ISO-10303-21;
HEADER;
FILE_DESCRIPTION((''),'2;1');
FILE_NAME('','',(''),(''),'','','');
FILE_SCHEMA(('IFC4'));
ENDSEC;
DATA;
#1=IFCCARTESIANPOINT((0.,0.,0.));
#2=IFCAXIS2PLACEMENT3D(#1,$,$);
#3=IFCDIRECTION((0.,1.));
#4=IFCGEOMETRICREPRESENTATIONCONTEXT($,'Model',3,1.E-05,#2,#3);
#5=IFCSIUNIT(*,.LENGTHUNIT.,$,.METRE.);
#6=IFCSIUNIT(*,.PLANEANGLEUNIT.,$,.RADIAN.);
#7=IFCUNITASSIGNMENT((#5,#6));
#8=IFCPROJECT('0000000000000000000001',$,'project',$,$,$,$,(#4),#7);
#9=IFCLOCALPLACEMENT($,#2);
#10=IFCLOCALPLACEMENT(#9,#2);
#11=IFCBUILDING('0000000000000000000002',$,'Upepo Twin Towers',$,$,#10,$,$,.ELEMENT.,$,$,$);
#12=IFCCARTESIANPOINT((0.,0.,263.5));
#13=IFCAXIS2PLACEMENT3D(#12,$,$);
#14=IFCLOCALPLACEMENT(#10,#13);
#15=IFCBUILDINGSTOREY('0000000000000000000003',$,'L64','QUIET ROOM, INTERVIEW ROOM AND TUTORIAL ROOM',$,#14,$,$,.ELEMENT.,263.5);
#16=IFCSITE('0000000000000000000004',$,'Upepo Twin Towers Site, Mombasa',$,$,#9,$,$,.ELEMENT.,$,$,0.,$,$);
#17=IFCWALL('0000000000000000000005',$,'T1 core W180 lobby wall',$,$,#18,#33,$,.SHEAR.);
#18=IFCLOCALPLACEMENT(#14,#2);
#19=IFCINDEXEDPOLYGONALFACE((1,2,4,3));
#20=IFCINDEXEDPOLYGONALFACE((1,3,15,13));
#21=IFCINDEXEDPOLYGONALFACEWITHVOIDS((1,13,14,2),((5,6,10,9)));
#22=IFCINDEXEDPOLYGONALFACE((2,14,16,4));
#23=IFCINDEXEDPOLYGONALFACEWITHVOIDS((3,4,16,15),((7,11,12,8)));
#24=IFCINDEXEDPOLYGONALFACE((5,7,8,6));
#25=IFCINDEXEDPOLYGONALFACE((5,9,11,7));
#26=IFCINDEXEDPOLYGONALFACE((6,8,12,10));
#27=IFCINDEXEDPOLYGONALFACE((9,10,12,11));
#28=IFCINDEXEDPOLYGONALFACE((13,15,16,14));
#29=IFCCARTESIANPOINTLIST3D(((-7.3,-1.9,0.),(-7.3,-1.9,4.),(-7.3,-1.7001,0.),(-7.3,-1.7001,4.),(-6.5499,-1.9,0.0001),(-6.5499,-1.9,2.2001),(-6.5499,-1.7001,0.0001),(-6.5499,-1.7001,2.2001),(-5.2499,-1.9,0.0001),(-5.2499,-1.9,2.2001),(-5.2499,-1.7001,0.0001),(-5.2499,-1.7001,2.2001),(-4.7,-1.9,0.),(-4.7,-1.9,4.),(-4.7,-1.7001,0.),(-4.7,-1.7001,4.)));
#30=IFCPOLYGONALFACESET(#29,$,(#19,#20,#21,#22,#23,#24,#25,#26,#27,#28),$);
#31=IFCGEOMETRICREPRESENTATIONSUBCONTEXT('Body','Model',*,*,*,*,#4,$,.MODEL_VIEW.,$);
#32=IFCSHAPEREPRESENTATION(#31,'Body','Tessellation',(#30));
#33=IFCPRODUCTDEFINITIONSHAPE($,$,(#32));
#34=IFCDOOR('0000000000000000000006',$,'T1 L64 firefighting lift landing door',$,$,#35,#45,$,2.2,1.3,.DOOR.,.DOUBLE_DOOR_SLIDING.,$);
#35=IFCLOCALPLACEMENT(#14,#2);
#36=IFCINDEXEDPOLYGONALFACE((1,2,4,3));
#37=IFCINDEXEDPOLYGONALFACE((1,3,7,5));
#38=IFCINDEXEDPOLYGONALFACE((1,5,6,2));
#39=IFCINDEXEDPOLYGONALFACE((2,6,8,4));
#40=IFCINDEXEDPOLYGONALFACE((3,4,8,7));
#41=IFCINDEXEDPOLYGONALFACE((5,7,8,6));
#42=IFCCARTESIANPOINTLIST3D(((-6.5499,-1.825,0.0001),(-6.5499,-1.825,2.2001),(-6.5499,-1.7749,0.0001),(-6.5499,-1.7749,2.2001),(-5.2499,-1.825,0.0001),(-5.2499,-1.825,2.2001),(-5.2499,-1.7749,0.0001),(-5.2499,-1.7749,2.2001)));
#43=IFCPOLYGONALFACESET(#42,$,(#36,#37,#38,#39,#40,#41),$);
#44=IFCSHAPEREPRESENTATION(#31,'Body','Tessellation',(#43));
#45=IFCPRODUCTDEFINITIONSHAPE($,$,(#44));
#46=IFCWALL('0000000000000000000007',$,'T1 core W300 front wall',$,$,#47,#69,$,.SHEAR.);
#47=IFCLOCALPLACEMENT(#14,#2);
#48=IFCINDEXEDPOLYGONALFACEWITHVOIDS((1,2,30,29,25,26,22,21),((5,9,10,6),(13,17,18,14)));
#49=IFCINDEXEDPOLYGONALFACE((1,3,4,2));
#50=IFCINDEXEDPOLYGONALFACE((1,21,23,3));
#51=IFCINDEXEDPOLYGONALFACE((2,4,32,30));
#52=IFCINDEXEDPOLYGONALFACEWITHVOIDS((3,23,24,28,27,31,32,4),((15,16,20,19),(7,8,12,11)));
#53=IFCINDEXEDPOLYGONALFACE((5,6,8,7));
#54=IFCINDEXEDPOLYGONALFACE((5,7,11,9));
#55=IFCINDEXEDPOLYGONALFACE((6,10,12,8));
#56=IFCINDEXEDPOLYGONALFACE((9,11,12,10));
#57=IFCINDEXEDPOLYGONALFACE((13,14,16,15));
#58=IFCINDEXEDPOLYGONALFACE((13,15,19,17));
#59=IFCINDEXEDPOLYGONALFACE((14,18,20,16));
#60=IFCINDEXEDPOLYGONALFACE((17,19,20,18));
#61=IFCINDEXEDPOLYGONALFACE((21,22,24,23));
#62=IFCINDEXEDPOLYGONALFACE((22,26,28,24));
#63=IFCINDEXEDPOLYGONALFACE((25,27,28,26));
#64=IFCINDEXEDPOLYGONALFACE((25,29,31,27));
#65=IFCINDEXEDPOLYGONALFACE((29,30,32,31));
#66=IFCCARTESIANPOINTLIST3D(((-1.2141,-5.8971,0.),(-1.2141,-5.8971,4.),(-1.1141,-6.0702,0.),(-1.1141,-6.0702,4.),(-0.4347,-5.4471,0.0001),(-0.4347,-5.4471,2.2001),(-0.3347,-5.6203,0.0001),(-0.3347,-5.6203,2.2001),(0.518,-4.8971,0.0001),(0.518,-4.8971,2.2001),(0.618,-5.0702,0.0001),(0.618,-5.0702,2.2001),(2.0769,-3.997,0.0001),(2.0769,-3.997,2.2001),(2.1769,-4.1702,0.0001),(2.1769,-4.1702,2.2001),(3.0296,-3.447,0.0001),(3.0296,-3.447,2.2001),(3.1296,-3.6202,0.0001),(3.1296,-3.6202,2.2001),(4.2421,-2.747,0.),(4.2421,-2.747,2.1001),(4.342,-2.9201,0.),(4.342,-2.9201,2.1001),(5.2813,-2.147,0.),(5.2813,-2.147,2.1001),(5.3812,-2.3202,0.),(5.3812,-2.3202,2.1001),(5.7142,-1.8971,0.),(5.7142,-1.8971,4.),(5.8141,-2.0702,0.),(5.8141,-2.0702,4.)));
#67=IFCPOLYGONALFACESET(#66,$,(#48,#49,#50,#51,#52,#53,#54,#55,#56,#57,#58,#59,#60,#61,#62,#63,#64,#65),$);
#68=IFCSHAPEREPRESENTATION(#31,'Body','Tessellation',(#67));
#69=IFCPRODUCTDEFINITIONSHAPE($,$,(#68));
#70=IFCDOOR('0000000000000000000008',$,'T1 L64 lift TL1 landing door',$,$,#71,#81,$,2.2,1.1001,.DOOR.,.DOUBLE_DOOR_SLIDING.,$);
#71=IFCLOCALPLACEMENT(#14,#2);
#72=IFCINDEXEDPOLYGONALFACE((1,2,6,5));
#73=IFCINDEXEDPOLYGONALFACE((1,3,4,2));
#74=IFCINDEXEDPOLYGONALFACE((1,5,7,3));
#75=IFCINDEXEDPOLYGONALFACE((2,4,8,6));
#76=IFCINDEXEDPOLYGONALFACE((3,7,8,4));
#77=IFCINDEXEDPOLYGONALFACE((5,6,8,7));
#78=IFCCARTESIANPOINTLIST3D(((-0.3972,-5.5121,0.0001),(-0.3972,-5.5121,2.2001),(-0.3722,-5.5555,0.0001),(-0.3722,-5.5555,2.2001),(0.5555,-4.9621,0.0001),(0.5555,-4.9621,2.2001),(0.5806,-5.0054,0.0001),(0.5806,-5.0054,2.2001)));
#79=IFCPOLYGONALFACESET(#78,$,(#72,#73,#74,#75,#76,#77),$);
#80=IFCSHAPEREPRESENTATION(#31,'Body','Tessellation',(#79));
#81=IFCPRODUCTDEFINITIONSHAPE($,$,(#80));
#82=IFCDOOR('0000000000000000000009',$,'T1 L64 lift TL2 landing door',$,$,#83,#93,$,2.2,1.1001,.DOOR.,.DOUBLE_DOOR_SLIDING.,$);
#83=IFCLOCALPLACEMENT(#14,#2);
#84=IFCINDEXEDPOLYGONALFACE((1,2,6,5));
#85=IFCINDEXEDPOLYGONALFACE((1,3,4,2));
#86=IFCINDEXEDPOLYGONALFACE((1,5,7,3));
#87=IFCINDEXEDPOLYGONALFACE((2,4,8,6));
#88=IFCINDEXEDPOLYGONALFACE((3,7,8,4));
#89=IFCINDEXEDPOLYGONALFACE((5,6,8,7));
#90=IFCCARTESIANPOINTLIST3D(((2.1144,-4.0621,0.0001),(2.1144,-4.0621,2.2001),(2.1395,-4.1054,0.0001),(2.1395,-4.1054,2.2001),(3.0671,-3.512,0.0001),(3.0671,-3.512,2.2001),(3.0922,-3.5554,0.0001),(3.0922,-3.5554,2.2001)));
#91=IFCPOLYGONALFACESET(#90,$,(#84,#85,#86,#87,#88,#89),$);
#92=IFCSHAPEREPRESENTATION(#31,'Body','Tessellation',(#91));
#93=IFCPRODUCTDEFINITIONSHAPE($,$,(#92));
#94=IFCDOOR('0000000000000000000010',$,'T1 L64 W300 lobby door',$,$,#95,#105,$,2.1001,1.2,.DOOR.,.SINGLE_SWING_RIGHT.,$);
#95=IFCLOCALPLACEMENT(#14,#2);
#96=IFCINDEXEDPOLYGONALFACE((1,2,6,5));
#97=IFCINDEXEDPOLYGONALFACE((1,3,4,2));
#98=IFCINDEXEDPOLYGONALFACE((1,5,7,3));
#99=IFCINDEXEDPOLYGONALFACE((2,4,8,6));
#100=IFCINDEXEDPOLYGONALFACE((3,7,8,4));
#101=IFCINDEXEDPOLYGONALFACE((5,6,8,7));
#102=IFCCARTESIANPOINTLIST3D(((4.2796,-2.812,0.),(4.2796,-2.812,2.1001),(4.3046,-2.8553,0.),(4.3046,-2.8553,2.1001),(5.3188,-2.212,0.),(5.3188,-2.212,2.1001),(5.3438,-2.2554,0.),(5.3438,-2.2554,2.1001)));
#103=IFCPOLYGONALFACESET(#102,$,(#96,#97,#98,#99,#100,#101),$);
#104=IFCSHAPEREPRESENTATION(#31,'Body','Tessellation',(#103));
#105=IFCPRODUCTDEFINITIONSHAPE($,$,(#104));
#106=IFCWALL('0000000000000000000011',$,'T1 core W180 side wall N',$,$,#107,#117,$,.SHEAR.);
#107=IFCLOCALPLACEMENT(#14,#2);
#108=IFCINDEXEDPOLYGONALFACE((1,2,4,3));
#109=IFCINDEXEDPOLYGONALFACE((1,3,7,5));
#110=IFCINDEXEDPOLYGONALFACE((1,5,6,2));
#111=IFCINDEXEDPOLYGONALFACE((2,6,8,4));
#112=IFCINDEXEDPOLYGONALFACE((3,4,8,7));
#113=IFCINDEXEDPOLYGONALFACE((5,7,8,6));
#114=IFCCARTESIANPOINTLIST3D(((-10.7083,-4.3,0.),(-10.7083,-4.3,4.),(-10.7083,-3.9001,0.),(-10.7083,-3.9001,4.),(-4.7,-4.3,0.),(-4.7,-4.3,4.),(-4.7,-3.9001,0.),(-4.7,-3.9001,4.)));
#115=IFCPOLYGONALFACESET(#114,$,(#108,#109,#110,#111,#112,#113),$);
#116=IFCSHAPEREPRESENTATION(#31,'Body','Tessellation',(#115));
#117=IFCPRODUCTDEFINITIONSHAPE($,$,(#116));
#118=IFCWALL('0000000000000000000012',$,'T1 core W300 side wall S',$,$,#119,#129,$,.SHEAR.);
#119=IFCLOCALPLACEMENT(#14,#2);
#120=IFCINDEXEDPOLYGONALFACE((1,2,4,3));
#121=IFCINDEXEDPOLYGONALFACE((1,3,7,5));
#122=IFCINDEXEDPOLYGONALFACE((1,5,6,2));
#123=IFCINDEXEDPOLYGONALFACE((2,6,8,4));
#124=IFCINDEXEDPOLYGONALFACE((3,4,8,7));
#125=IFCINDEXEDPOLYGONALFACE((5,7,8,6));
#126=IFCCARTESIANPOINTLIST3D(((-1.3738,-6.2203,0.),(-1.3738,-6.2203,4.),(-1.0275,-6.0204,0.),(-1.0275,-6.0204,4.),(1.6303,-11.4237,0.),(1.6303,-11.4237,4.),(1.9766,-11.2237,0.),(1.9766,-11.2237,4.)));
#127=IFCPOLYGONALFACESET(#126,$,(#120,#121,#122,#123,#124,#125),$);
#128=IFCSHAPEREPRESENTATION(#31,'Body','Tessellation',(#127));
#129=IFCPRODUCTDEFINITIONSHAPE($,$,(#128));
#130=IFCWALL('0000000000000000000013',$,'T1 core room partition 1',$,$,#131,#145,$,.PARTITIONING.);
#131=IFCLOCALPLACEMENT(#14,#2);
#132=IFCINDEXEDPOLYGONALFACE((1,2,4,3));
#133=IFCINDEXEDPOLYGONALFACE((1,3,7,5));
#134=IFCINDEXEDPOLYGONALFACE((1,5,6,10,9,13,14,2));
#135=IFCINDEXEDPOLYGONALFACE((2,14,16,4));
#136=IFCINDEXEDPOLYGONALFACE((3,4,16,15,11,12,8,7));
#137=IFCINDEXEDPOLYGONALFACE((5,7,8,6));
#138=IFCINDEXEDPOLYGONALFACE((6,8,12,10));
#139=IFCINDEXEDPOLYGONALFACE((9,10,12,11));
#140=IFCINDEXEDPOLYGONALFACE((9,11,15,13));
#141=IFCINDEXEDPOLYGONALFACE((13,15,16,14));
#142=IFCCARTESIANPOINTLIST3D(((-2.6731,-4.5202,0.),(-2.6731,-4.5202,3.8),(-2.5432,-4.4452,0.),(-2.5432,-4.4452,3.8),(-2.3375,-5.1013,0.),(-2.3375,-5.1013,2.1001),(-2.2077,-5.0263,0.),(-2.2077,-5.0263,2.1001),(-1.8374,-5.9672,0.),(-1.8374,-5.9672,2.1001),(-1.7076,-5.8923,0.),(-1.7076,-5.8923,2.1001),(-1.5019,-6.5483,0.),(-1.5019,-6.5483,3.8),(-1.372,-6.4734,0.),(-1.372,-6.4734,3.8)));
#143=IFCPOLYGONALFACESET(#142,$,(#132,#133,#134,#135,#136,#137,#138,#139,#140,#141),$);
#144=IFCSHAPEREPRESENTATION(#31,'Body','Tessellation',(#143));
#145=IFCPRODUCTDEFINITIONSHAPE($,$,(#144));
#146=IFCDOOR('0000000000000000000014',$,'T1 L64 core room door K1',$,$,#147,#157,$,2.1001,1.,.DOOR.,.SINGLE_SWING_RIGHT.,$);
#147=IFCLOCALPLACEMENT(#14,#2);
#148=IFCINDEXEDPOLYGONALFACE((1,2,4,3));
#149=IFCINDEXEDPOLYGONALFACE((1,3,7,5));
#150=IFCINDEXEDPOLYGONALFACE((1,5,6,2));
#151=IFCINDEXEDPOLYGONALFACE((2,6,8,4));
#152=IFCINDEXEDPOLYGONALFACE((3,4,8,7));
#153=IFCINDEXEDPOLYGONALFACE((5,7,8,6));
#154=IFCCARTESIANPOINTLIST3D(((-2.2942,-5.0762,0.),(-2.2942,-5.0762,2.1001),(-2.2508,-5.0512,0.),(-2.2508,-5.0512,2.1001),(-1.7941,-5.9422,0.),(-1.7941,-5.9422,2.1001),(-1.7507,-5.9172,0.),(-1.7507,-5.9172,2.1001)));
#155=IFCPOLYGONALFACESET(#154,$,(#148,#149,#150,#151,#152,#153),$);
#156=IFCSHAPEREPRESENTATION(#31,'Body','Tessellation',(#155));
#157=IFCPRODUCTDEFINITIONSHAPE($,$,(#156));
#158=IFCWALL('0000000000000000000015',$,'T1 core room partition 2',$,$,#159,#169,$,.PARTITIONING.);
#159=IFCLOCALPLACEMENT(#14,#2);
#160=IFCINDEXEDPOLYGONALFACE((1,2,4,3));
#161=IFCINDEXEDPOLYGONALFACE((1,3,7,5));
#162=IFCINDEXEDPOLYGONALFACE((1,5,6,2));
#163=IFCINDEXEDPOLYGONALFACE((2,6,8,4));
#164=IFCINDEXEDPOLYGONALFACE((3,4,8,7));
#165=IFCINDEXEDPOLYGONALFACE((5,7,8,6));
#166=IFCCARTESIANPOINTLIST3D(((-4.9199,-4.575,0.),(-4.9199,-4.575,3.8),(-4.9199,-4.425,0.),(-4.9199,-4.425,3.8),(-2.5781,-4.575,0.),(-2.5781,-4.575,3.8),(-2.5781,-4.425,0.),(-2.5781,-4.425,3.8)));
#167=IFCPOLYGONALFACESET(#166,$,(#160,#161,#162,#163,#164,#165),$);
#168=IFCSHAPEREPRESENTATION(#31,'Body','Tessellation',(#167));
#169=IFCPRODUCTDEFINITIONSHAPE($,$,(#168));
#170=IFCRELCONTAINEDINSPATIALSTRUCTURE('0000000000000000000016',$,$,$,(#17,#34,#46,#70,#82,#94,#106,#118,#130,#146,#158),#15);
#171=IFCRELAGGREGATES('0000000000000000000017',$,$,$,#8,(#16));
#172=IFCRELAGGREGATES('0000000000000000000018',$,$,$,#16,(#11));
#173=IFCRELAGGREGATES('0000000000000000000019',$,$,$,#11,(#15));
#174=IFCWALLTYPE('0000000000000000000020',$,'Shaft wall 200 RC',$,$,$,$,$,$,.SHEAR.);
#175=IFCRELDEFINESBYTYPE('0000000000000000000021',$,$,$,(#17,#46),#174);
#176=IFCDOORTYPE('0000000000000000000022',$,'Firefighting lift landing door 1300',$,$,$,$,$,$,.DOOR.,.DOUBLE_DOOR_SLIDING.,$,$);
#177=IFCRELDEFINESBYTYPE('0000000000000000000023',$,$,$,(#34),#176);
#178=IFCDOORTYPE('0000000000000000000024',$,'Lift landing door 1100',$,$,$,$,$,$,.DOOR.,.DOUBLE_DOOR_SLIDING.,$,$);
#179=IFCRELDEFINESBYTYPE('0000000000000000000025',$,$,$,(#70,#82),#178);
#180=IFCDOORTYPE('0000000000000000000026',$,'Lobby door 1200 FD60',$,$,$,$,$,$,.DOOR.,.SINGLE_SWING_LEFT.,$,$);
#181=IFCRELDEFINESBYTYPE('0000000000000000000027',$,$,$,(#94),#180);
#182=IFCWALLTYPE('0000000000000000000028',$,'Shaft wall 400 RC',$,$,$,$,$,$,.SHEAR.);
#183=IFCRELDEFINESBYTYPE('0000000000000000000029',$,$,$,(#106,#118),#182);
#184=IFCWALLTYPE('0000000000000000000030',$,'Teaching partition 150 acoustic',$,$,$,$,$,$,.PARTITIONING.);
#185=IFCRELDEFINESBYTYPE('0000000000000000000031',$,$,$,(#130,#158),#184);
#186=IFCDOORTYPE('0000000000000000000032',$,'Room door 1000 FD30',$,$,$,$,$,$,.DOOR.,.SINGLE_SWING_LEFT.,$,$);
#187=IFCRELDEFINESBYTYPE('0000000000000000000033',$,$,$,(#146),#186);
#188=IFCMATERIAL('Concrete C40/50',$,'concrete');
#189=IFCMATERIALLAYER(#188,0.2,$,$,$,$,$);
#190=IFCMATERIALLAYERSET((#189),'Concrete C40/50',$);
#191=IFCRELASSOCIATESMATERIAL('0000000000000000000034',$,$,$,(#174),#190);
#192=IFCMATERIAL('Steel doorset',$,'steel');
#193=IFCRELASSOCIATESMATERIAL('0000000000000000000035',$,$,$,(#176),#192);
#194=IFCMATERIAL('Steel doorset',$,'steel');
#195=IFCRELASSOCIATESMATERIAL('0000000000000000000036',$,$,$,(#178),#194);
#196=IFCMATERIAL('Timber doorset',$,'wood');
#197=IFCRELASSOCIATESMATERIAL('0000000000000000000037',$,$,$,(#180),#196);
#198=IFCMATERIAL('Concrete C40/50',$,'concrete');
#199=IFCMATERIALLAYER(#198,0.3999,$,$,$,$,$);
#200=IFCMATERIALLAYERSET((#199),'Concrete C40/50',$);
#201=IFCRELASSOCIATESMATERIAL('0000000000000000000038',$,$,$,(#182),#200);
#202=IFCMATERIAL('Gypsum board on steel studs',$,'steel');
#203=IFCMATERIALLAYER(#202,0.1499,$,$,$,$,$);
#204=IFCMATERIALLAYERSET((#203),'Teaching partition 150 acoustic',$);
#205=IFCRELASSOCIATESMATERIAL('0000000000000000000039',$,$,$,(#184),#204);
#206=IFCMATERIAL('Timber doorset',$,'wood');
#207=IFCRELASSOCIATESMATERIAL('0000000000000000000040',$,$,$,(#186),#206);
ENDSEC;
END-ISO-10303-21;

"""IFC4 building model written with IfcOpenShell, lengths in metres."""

from ifc_helpers import new_model, si_unit, direction, frame, frame_2d, origin, place, context, subcontext, project, spatial, rectangle, extrude, material, layer, layer_set, type_object, element, fill, save


model = new_model("IFC4")

# Units and contexts
model_context = context("Model", 3, precision=1e-05, world=origin(), true_north=direction((0.0, 1.0)))
body_context = subcontext(model_context, "Body", "Model", "MODEL_VIEW")
ifc_project = project(units=[si_unit("LENGTHUNIT", "METRE"), si_unit("PLANEANGLEUNIT", "RADIAN")], contexts=[model_context])

# Site, building, storey
site_placement = place(None, origin())
site = spatial("IfcSite", under=ifc_project, at=site_placement, Name="Upepo Twin Towers Site, Mombasa", CompositionType="ELEMENT", RefElevation=0.0)
building_placement = place(site_placement, origin())
building = spatial("IfcBuilding", under=site, at=building_placement, Name="Upepo Twin Towers", CompositionType="ELEMENT")
storey_placement = place(building_placement, frame((0.0, 0.0, 263.5)))
storey = spatial("IfcBuildingStorey", under=building, at=storey_placement, Name="L64", Description="QUIET ROOM, INTERVIEW ROOM AND TUTORIAL ROOM", CompositionType="ELEMENT", Elevation=263.5)

# Wall, opening, door
ifc_material_1 = material(Name="Concrete C40/50", Category="concrete")
ifc_layer_1 = layer(ifc_material_1, 0.2)
ifc_layer_set_1 = layer_set([ifc_layer_1], Name="Concrete C40/50")
wall_type_1 = type_object("IfcWallType", Name="Shaft wall 200 RC", PredefinedType="SHEAR", material=ifc_layer_set_1)
wall_1_placement = place(storey_placement, frame((-4.7, -1.8, 0.0), z_axis=(0.0, 0.0, 1.0), x_axis=(-1.0, 0.0, 0.0)))
wall_1 = element("IfcWall", 1, at=wall_1_placement, inside=storey, type_object=wall_type_1, Name="T1 core W180 lobby wall", PredefinedType="SHEAR", context=body_context, shape_type="SweptSolid", body=[
    extrude(rectangle(XDim=2.6001, YDim=0.2, at=frame_2d((1.3, 0.0))), origin(), (0.0, 0.0, 1.0), 4.0),
])
opening_1_placement = place(wall_1_placement, frame((0.55, 0.0, 0.0)))
opening_1 = element("IfcOpeningElement", 2, at=opening_1_placement, cuts=wall_1, PredefinedType="OPENING", context=body_context, shape_type="SweptSolid", body=[
    extrude(rectangle(XDim=1.3, YDim=2.2, at=frame_2d((0.6499, 1.1001))), frame((0.0, 0.1099, 0.0), z_axis=(0.0, -1.0, 0.0), x_axis=(1.0, 0.0, 0.0)), (0.0, 0.0, 1.0), 0.22),
])
ifc_material_2 = material(Name="Steel doorset", Category="steel")
door_type_1 = type_object("IfcDoorType", Name="Firefighting lift landing door 1300", OperationType="DOUBLE_DOOR_SLIDING", PredefinedType="DOOR", material=ifc_material_2)
door_1_placement = place(opening_1_placement, origin())
door_1 = element("IfcDoor", 3, at=door_1_placement, inside=storey, type_object=door_type_1, Name="T1 L64 firefighting lift landing door", OperationType="DOUBLE_DOOR_SLIDING", OverallHeight=2.2, OverallWidth=1.3, PredefinedType="DOOR", context=body_context, shape_type="SweptSolid", body=[
    extrude(rectangle(XDim=1.3, YDim=2.2, at=frame_2d((0.6499, 1.1001))), frame((0.0, 0.0249, 0.0), z_axis=(0.0, -1.0, 0.0), x_axis=(1.0, 0.0, 0.0)), (0.0, 0.0, 1.0), 0.05),
])
fill(opening_1, door_1)

# Wall, openings, doors
wall_2_placement = place(storey_placement, frame((-1.1641, -5.9836, 0.0), z_axis=(0.0, 0.0, 1.0), x_axis=(0.866026, 0.499999, 0.0)))
wall_2 = element("IfcWall", 4, at=wall_2_placement, inside=storey, type_object=wall_type_1, Name="T1 core W300 front wall", PredefinedType="SHEAR", context=body_context, shape_type="SweptSolid", body=[
    extrude(rectangle(XDim=8.0, YDim=0.2, at=frame_2d((4.0, 0.0))), origin(), (0.0, 0.0, 1.0), 4.0),
])
opening_2_placement = place(wall_2_placement, frame((6.3, 0.0, 0.0)))
opening_2 = element("IfcOpeningElement", 5, at=opening_2_placement, cuts=wall_2, PredefinedType="OPENING", context=body_context, shape_type="SweptSolid", body=[
    extrude(rectangle(XDim=1.2, YDim=2.1001, at=frame_2d((0.6001, 1.05))), frame((0.0, 0.1099, 0.0), z_axis=(0.0, -1.0, 0.0), x_axis=(1.0, 0.0, 0.0)), (0.0, 0.0, 1.0), 0.22),
])
opening_3_placement = place(wall_2_placement, frame((0.8999, 0.0, 0.0)))
opening_3 = element("IfcOpeningElement", 6, at=opening_3_placement, cuts=wall_2, PredefinedType="OPENING", context=body_context, shape_type="SweptSolid", body=[
    extrude(rectangle(XDim=1.1001, YDim=2.2, at=frame_2d((0.55, 1.1001))), frame((0.0, 0.1099, 0.0), z_axis=(0.0, -1.0, 0.0), x_axis=(1.0, 0.0, 0.0)), (0.0, 0.0, 1.0), 0.22),
])
opening_4_placement = place(wall_2_placement, frame((3.8, 0.0, 0.0)))
opening_4 = element("IfcOpeningElement", 7, at=opening_4_placement, cuts=wall_2, PredefinedType="OPENING", context=body_context, shape_type="SweptSolid", body=[
    extrude(rectangle(XDim=1.1001, YDim=2.2, at=frame_2d((0.55, 1.1001))), frame((0.0, 0.1099, 0.0), z_axis=(0.0, -1.0, 0.0), x_axis=(1.0, 0.0, 0.0)), (0.0, 0.0, 1.0), 0.22),
])
ifc_material_3 = material(Name="Steel doorset", Category="steel")
door_type_2 = type_object("IfcDoorType", Name="Lift landing door 1100", OperationType="DOUBLE_DOOR_SLIDING", PredefinedType="DOOR", material=ifc_material_3)
door_2_placement = place(opening_3_placement, origin())
door_2 = element("IfcDoor", 8, at=door_2_placement, inside=storey, type_object=door_type_2, Name="T1 L64 lift TL1 landing door", OperationType="DOUBLE_DOOR_SLIDING", OverallHeight=2.2, OverallWidth=1.1001, PredefinedType="DOOR", context=body_context, shape_type="SweptSolid", body=[
    extrude(rectangle(XDim=1.1001, YDim=2.2, at=frame_2d((0.55, 1.1001))), frame((0.0, 0.0249, 0.0), z_axis=(0.0, -1.0, 0.0), x_axis=(1.0, 0.0, 0.0)), (0.0, 0.0, 1.0), 0.05),
])
fill(opening_3, door_2)
door_3_placement = place(opening_4_placement, origin())
door_3 = element("IfcDoor", 9, at=door_3_placement, inside=storey, type_object=door_type_2, Name="T1 L64 lift TL2 landing door", OperationType="DOUBLE_DOOR_SLIDING", OverallHeight=2.2, OverallWidth=1.1001, PredefinedType="DOOR", context=body_context, shape_type="SweptSolid", body=[
    extrude(rectangle(XDim=1.1001, YDim=2.2, at=frame_2d((0.55, 1.1001))), frame((0.0, 0.0249, 0.0), z_axis=(0.0, -1.0, 0.0), x_axis=(1.0, 0.0, 0.0)), (0.0, 0.0, 1.0), 0.05),
])
fill(opening_4, door_3)
ifc_material_4 = material(Name="Timber doorset", Category="wood")
door_type_3 = type_object("IfcDoorType", Name="Lobby door 1200 FD60", OperationType="SINGLE_SWING_LEFT", PredefinedType="DOOR", material=ifc_material_4)
door_4_placement = place(opening_2_placement, origin())
door_4 = element("IfcDoor", 10, at=door_4_placement, inside=storey, type_object=door_type_3, Name="T1 L64 W300 lobby door", OperationType="SINGLE_SWING_RIGHT", OverallHeight=2.1001, OverallWidth=1.2, PredefinedType="DOOR", context=body_context, shape_type="SweptSolid", body=[
    extrude(rectangle(XDim=1.2, YDim=2.1001, at=frame_2d((0.6001, 1.05))), frame((0.0, 0.0249, 0.0), z_axis=(0.0, -1.0, 0.0), x_axis=(1.0, 0.0, 0.0)), (0.0, 0.0, 1.0), 0.05),
])
fill(opening_2, door_4)

# Walls
ifc_material_5 = material(Name="Concrete C40/50", Category="concrete")
ifc_layer_2 = layer(ifc_material_5, 0.3999)
ifc_layer_set_2 = layer_set([ifc_layer_2], Name="Concrete C40/50")
wall_type_2 = type_object("IfcWallType", Name="Shaft wall 400 RC", PredefinedType="SHEAR", material=ifc_layer_set_2)
for number, where, z_axis, x_axis, name in (
    (11, (-4.7, -4.1001, 0.0), (0.0, 0.0, 1.0), (-1.0, 0.0, 0.0), "T1 core W180 side wall N"),
    (12, (-1.2007, -6.1204, 0.0), (0.0, 0.0, 1.0), (0.499998, -0.866027, 0.0), "T1 core W300 side wall S"),
):
    element("IfcWall", number, at=place(storey_placement, frame(where, z_axis=z_axis, x_axis=x_axis)), inside=storey, type_object=wall_type_2, Name=name, PredefinedType="SHEAR", context=body_context, shape_type="SweptSolid", body=[
        extrude(rectangle(XDim=6.0083, YDim=0.3999, at=frame_2d((3.0042, 0.0))), origin(), (0.0, 0.0, 1.0), 4.0),
    ])

# Wall, opening, door
ifc_material_6 = material(Name="Gypsum board on steel studs", Category="steel")
ifc_layer_3 = layer(ifc_material_6, 0.1499)
ifc_layer_set_3 = layer_set([ifc_layer_3], Name="Teaching partition 150 acoustic")
wall_type_3 = type_object("IfcWallType", Name="Teaching partition 150 acoustic", PredefinedType="PARTITIONING", material=ifc_layer_set_3)
wall_3_placement = place(storey_placement, frame((-1.437, -6.5107, 0.0), z_axis=(0.0, 0.0, 1.0), x_axis=(-0.500074, 0.865982, 0.0)))
wall_3 = element("IfcWall", 13, at=wall_3_placement, inside=storey, type_object=wall_type_3, Name="T1 core room partition 1", PredefinedType="PARTITIONING", context=body_context, shape_type="SweptSolid", body=[
    extrude(rectangle(XDim=2.342, YDim=0.1499, at=frame_2d((1.1709, 0.0))), origin(), (0.0, 0.0, 1.0), 3.8),
])
opening_5_placement = place(wall_3_placement, frame((0.6709, 0.0, 0.0)))
opening_5 = element("IfcOpeningElement", 14, at=opening_5_placement, cuts=wall_3, PredefinedType="OPENING", context=body_context, shape_type="SweptSolid", body=[
    extrude(rectangle(XDim=1.0, YDim=2.1001, at=frame_2d((0.5, 1.05))), frame((0.0, 0.085, 0.0), z_axis=(0.0, -1.0, 0.0), x_axis=(1.0, 0.0, 0.0)), (0.0, 0.0, 1.0), 0.1699),
])
ifc_material_7 = material(Name="Timber doorset", Category="wood")
door_type_4 = type_object("IfcDoorType", Name="Room door 1000 FD30", OperationType="SINGLE_SWING_LEFT", PredefinedType="DOOR", material=ifc_material_7)
door_5_placement = place(opening_5_placement, origin())
door_5 = element("IfcDoor", 15, at=door_5_placement, inside=storey, type_object=door_type_4, Name="T1 L64 core room door K1", OperationType="SINGLE_SWING_RIGHT", OverallHeight=2.1001, OverallWidth=1.0, PredefinedType="DOOR", context=body_context, shape_type="SweptSolid", body=[
    extrude(rectangle(XDim=1.0, YDim=2.1001, at=frame_2d((0.5, 1.05))), frame((0.0, 0.0249, 0.0), z_axis=(0.0, -1.0, 0.0), x_axis=(1.0, 0.0, 0.0)), (0.0, 0.0, 1.0), 0.05),
])
fill(opening_5, door_5)

# Wall
wall_4_placement = place(storey_placement, frame((-2.5781, -4.5, 0.0), z_axis=(0.0, 0.0, 1.0), x_axis=(-1.0, 0.0, 0.0)))
element("IfcWall", 16, at=wall_4_placement, inside=storey, type_object=wall_type_3, Name="T1 core room partition 2", PredefinedType="PARTITIONING", context=body_context, shape_type="SweptSolid", body=[
    extrude(rectangle(XDim=2.3418, YDim=0.1499, at=frame_2d((1.1709, 0.0))), origin(), (0.0, 0.0, 1.0), 3.8),
])

save(model, "model.ifc")
